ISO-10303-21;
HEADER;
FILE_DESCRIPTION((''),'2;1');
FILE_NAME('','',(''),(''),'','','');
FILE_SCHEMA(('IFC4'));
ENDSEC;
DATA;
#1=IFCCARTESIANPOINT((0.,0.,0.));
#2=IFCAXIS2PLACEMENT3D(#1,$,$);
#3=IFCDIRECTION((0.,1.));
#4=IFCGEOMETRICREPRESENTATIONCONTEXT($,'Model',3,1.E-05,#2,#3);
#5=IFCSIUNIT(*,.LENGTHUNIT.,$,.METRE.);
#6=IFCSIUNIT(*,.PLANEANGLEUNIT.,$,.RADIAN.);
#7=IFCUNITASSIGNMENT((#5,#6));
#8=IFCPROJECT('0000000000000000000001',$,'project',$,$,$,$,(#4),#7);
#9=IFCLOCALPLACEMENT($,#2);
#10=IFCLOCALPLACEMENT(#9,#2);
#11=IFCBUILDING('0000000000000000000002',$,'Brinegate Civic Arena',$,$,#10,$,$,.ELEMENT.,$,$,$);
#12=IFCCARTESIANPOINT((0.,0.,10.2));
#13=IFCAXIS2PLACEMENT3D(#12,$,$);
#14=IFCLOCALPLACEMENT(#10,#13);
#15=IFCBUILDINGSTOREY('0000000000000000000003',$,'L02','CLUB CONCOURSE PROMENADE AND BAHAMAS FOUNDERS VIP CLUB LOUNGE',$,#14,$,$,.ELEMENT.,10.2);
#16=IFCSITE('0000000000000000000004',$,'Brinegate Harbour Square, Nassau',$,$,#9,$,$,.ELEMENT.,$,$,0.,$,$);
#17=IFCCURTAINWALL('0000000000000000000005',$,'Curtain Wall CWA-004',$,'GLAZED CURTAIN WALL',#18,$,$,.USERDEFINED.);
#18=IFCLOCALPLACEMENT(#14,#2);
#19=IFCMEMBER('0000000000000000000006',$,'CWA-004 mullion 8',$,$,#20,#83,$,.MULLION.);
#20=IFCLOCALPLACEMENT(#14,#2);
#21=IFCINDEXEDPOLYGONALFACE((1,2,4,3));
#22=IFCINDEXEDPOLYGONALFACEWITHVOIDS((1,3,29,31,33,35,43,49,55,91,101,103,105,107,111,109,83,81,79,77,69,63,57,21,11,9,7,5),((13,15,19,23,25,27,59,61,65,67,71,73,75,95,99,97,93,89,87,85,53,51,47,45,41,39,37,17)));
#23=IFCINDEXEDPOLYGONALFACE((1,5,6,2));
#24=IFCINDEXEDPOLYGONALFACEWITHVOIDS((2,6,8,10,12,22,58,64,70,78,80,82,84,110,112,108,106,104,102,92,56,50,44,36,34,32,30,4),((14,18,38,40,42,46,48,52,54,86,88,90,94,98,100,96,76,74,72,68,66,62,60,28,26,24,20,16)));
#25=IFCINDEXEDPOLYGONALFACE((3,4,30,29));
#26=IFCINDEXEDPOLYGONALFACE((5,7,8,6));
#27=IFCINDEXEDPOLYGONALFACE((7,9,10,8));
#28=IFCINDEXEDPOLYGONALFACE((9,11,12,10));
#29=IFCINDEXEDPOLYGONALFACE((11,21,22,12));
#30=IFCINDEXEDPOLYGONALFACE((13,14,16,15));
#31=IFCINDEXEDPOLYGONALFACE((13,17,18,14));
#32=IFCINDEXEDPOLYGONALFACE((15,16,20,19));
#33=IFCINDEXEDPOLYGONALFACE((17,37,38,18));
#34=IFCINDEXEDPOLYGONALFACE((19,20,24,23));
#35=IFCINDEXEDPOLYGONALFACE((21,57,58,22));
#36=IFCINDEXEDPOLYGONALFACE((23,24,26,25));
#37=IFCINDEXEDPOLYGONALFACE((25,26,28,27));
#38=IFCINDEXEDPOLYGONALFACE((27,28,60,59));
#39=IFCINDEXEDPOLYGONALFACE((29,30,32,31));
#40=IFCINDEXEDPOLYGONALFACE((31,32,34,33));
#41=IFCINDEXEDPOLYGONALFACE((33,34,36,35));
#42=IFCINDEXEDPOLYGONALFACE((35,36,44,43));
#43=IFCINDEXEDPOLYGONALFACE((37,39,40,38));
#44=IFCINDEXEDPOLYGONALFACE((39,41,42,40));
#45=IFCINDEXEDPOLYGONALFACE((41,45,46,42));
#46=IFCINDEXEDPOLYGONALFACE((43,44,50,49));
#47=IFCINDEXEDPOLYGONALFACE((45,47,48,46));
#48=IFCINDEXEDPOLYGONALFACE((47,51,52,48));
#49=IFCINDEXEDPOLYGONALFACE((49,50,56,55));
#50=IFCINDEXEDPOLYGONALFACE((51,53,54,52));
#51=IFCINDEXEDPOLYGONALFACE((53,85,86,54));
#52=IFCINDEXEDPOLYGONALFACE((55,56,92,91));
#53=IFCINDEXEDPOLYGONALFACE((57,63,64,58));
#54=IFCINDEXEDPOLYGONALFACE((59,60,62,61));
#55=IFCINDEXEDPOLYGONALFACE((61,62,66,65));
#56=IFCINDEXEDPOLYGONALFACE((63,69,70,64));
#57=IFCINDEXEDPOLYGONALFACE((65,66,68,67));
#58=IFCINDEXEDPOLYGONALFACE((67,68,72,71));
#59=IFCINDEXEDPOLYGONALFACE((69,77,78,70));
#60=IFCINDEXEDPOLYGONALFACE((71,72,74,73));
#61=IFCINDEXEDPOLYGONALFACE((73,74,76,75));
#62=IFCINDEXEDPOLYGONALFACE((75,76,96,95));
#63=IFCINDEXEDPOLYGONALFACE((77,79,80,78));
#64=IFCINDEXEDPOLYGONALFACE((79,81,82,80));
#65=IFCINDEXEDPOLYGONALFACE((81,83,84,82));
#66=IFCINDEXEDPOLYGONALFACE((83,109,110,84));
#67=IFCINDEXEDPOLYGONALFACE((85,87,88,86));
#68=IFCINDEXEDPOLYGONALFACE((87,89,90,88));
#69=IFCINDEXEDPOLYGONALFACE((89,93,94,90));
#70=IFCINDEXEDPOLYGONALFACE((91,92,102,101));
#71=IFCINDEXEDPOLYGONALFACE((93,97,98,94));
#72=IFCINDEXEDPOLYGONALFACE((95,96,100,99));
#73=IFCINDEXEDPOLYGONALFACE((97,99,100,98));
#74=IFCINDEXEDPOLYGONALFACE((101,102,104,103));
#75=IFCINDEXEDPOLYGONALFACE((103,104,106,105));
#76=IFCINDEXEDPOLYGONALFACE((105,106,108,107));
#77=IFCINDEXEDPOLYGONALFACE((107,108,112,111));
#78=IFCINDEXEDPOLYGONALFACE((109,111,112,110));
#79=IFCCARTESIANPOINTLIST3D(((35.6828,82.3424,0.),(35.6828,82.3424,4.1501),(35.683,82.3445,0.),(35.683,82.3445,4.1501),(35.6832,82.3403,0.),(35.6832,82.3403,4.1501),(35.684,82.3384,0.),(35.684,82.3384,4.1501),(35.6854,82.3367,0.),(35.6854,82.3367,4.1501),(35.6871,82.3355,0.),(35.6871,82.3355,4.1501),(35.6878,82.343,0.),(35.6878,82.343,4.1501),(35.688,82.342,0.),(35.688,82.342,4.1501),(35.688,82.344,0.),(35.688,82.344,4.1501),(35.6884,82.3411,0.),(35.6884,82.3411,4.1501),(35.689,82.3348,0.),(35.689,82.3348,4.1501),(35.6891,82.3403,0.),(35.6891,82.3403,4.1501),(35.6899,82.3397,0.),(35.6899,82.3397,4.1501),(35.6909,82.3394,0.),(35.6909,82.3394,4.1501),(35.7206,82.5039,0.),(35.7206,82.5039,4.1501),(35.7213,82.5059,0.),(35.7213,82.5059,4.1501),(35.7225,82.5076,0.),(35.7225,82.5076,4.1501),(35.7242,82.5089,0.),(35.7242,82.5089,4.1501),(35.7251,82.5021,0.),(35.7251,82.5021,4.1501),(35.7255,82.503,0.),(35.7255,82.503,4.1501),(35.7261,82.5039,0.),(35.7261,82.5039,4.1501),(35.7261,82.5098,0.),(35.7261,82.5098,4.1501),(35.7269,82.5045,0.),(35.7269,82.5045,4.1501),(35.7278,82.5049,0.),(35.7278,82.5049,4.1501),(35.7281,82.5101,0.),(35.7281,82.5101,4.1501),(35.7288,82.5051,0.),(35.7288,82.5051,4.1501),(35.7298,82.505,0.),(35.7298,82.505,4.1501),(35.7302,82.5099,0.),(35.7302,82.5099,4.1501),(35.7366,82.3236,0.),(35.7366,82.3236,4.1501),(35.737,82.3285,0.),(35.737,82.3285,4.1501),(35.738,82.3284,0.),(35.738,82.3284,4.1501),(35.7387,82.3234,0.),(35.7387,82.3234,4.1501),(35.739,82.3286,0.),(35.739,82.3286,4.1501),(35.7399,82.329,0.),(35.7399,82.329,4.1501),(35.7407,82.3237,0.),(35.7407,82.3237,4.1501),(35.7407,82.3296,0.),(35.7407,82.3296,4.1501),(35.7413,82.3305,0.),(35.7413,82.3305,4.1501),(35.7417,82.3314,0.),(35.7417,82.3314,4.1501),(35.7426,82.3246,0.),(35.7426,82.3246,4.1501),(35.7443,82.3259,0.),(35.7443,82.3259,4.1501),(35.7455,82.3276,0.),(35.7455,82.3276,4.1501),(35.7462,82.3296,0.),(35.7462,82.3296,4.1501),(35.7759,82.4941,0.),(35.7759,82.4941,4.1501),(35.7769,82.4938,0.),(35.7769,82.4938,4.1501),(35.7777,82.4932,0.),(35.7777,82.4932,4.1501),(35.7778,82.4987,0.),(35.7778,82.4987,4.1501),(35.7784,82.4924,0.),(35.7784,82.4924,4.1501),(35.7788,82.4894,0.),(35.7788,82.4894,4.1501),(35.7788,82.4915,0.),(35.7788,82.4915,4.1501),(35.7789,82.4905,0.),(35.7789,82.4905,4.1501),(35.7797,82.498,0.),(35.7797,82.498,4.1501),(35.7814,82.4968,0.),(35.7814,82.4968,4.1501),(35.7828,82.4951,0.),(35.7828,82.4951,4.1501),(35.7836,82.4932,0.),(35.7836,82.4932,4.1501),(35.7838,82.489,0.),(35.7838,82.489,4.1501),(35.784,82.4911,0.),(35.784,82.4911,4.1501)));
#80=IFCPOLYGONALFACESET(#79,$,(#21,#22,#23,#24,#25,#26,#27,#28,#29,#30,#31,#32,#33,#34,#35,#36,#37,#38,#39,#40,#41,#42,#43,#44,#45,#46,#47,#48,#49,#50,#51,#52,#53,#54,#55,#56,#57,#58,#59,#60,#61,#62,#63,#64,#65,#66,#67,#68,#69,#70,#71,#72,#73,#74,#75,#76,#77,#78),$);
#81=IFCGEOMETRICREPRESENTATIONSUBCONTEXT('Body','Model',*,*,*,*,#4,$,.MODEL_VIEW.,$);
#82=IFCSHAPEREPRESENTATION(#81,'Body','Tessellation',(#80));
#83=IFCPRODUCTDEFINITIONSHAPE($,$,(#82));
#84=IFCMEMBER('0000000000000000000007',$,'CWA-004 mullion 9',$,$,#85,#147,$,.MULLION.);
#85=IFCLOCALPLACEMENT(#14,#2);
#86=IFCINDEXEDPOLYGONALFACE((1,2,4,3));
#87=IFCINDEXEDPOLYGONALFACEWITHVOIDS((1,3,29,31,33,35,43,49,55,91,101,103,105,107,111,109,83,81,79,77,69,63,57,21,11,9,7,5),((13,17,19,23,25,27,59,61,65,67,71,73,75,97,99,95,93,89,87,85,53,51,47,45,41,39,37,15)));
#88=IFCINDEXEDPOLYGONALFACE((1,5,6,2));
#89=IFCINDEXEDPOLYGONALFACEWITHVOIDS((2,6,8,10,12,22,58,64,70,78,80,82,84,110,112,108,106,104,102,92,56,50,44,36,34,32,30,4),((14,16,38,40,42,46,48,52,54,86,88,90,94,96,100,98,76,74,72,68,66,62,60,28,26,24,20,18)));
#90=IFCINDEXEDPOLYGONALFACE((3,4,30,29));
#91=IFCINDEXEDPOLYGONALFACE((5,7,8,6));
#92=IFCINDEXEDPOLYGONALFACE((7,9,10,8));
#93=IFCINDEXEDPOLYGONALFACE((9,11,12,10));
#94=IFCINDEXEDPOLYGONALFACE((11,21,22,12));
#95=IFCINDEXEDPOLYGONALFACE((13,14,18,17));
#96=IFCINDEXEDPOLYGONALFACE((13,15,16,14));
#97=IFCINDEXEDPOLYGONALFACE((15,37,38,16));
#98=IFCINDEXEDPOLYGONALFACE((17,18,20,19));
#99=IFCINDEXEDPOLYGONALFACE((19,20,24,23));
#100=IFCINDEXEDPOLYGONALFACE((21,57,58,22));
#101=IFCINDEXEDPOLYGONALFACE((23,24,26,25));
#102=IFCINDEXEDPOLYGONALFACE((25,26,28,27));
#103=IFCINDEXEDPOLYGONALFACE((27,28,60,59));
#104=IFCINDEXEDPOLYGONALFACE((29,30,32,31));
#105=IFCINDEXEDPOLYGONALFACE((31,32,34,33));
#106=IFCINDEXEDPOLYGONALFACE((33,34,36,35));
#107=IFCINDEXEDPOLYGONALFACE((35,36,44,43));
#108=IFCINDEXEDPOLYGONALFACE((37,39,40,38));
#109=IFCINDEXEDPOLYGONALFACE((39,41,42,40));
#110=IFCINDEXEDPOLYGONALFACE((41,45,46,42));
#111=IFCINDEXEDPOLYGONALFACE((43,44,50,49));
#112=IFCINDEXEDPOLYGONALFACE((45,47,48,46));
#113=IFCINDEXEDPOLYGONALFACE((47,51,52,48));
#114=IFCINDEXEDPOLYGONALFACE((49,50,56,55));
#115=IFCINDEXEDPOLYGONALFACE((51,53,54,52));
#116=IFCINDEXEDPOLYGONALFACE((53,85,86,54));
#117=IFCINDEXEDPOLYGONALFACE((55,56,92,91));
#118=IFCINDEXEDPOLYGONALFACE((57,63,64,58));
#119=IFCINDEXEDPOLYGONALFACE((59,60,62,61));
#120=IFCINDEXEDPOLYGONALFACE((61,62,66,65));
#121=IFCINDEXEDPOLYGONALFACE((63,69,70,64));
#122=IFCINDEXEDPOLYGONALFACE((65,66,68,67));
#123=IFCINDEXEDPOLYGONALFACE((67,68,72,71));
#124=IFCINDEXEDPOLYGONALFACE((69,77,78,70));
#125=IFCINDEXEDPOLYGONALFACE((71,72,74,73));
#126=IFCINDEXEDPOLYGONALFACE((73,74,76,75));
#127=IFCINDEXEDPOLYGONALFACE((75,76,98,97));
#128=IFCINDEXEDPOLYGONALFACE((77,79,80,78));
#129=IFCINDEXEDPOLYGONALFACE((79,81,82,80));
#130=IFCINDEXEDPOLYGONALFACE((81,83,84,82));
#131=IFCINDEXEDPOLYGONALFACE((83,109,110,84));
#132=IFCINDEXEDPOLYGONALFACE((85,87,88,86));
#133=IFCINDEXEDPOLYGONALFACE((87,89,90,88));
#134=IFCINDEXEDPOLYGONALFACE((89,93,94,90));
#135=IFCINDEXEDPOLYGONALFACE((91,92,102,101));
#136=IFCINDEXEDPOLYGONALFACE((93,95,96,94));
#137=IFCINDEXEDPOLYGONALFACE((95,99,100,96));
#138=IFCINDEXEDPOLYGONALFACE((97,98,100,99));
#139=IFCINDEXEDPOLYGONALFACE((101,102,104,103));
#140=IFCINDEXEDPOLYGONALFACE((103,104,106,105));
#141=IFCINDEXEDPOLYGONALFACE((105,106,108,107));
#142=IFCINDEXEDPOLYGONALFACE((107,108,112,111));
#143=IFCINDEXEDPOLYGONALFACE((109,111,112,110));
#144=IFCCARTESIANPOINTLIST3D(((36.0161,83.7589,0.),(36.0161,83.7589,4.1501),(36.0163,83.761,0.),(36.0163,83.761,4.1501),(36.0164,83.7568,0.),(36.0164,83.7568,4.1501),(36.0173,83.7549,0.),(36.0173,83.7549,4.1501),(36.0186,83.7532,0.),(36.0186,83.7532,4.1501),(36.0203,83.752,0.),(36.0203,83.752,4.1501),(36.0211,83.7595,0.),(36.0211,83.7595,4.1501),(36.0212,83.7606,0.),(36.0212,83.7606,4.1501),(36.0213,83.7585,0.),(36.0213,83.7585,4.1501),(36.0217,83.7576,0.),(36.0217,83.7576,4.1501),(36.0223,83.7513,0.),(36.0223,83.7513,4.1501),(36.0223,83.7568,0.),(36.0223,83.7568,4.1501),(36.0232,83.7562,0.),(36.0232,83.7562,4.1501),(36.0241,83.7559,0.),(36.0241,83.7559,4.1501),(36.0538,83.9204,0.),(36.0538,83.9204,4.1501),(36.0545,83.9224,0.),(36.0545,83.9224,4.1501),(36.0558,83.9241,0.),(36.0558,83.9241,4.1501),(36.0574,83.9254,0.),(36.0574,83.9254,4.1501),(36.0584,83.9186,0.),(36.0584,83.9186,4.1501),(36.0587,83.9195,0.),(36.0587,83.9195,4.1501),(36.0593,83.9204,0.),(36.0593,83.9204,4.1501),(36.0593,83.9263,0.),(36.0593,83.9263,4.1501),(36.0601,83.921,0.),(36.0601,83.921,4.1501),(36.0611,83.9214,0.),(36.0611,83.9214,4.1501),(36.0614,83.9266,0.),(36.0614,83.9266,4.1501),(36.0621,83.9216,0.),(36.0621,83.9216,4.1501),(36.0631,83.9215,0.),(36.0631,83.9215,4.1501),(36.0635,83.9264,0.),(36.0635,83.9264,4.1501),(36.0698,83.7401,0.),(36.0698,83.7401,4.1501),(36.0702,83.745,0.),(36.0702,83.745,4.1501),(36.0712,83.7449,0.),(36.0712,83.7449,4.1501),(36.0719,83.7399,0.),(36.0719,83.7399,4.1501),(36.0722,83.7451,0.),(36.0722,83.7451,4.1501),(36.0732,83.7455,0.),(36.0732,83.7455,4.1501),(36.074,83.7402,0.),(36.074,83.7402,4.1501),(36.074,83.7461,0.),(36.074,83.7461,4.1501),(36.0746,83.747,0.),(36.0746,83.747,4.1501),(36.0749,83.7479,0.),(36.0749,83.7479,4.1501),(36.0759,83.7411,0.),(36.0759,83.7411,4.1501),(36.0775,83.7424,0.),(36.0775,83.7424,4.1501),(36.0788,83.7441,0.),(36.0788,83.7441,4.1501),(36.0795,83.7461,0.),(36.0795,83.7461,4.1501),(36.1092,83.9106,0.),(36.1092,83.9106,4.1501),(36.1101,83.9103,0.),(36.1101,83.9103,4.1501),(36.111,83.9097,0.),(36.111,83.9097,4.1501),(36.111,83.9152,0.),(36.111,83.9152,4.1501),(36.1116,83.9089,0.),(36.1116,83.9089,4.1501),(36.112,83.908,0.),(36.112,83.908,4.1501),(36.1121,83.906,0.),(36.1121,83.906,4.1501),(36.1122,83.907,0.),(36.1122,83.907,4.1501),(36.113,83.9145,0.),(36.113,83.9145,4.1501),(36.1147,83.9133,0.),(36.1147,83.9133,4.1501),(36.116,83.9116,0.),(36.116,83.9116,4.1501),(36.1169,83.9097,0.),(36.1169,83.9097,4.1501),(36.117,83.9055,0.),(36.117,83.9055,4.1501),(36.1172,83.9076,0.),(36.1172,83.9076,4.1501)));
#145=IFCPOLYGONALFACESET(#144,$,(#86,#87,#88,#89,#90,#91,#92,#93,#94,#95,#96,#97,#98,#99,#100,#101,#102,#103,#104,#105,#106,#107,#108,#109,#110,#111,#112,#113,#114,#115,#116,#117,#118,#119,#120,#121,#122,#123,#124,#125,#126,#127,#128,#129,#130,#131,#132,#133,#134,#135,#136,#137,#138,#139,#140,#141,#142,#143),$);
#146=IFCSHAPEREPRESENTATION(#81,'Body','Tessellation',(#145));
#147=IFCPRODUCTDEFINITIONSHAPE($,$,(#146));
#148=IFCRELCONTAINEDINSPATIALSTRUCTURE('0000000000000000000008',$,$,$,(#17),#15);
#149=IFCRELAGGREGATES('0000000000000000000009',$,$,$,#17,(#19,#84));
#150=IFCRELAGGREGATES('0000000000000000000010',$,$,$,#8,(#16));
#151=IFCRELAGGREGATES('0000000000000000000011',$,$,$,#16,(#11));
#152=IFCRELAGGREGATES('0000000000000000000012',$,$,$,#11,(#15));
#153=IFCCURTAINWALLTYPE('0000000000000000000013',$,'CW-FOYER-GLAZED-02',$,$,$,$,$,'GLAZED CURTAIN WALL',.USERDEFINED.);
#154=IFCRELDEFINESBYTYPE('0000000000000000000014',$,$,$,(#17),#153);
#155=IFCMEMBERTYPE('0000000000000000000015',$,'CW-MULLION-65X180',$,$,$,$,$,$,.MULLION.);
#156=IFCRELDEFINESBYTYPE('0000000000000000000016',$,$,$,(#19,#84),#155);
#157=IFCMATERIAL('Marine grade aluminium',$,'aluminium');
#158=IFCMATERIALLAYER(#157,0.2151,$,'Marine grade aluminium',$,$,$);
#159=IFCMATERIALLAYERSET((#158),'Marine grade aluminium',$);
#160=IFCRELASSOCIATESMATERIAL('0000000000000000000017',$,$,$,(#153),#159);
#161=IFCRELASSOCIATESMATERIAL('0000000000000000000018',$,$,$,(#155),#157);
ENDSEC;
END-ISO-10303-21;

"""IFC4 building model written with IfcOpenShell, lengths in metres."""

from ifc_helpers import new_model, si_unit, direction, frame, origin, origin_2d, place, context, subcontext, project, spatial, hollow_rectangle, extrude, material, layer, layer_set, material_profile, profile_set, type_object, element, aggregate, save


model = new_model("IFC4")

# Units and contexts
model_context = context("Model", 3, precision=1e-05, world=origin(), true_north=direction((0.0, 1.0)))
body_context = subcontext(model_context, "Body", "Model", "MODEL_VIEW")
ifc_project = project(units=[si_unit("LENGTHUNIT", "METRE"), si_unit("PLANEANGLEUNIT", "RADIAN")], contexts=[model_context])

# Site, building, storey
site_placement = place(None, origin())
site = spatial("IfcSite", under=ifc_project, at=site_placement, Name="Brinegate Harbour Square, Nassau", CompositionType="ELEMENT", RefElevation=0.0)
building_placement = place(site_placement, origin())
building = spatial("IfcBuilding", under=site, at=building_placement, Name="Brinegate Civic Arena", CompositionType="ELEMENT")
storey_placement = place(building_placement, frame((0.0, 0.0, 10.2)))
storey = spatial("IfcBuildingStorey", under=building, at=storey_placement, Name="L02", Description="CLUB CONCOURSE PROMENADE AND BAHAMAS FOUNDERS VIP CLUB LOUNGE", CompositionType="ELEMENT", Elevation=10.2)

# Curtain wall, members
ifc_material_1 = material(Name="Marine grade aluminium", Category="aluminium")
ifc_layer_1 = layer(ifc_material_1, 0.2151, Name="Marine grade aluminium")
ifc_layer_set_1 = layer_set([ifc_layer_1], Name="Marine grade aluminium")
curtain_wall_type = type_object("IfcCurtainWallType", Name="CW-FOYER-GLAZED-02", ElementType="GLAZED CURTAIN WALL", PredefinedType="USERDEFINED", material=ifc_layer_set_1)
curtain_wall_placement = place(storey_placement, origin())
curtain_wall = element("IfcCurtainWall", 1, at=curtain_wall_placement, inside=storey, type_object=curtain_wall_type, Name="Curtain Wall CWA-004", ObjectType="GLAZED CURTAIN WALL", PredefinedType="USERDEFINED")
ifc_material_profile_1 = material_profile(ifc_material_1, hollow_rectangle(XDim=0.0649, YDim=0.1799, WallThickness=0.0049, InnerFilletRadius=0.0039, OuterFilletRadius=0.0081, at=origin_2d()), Name="MUL65X180")
ifc_profile_set_1 = profile_set([ifc_material_profile_1], Name="Marine grade aluminium")
member_type_1 = type_object("IfcMemberType", Name="CW-MULLION-65X180", PredefinedType="MULLION", material=ifc_profile_set_1)
member_1_placement = place(storey_placement, frame((35.7334, 82.4167, 0.0), z_axis=(0.0, 0.0, 1.0), x_axis=(-0.973417, 0.229039, 0.0)))
member_1 = element("IfcMember", 2, at=member_1_placement, type_object=member_type_1, Name="CWA-004 mullion 8", PredefinedType="MULLION", context=body_context, shape_type="SweptSolid", body=[
    extrude(hollow_rectangle(XDim=0.0649, YDim=0.1799, WallThickness=0.0049, InnerFilletRadius=0.0039, OuterFilletRadius=0.0081, at=origin_2d()), origin(), (0.0, 0.0, 1.0), 4.1501),
])
member_2_placement = place(storey_placement, frame((36.0667, 83.8333, 0.0), z_axis=(0.0, 0.0, 1.0), x_axis=(-0.973417, 0.229039, 0.0)))
member_2 = element("IfcMember", 3, at=member_2_placement, type_object=member_type_1, Name="CWA-004 mullion 9", PredefinedType="MULLION", context=body_context, shape_type="SweptSolid", body=[
    extrude(hollow_rectangle(XDim=0.0649, YDim=0.1799, WallThickness=0.0049, InnerFilletRadius=0.0039, OuterFilletRadius=0.0081, at=origin_2d()), origin(), (0.0, 0.0, 1.0), 4.1501),
])

aggregate(curtain_wall, [member_1, member_2])

save(model, "model.ifc")
